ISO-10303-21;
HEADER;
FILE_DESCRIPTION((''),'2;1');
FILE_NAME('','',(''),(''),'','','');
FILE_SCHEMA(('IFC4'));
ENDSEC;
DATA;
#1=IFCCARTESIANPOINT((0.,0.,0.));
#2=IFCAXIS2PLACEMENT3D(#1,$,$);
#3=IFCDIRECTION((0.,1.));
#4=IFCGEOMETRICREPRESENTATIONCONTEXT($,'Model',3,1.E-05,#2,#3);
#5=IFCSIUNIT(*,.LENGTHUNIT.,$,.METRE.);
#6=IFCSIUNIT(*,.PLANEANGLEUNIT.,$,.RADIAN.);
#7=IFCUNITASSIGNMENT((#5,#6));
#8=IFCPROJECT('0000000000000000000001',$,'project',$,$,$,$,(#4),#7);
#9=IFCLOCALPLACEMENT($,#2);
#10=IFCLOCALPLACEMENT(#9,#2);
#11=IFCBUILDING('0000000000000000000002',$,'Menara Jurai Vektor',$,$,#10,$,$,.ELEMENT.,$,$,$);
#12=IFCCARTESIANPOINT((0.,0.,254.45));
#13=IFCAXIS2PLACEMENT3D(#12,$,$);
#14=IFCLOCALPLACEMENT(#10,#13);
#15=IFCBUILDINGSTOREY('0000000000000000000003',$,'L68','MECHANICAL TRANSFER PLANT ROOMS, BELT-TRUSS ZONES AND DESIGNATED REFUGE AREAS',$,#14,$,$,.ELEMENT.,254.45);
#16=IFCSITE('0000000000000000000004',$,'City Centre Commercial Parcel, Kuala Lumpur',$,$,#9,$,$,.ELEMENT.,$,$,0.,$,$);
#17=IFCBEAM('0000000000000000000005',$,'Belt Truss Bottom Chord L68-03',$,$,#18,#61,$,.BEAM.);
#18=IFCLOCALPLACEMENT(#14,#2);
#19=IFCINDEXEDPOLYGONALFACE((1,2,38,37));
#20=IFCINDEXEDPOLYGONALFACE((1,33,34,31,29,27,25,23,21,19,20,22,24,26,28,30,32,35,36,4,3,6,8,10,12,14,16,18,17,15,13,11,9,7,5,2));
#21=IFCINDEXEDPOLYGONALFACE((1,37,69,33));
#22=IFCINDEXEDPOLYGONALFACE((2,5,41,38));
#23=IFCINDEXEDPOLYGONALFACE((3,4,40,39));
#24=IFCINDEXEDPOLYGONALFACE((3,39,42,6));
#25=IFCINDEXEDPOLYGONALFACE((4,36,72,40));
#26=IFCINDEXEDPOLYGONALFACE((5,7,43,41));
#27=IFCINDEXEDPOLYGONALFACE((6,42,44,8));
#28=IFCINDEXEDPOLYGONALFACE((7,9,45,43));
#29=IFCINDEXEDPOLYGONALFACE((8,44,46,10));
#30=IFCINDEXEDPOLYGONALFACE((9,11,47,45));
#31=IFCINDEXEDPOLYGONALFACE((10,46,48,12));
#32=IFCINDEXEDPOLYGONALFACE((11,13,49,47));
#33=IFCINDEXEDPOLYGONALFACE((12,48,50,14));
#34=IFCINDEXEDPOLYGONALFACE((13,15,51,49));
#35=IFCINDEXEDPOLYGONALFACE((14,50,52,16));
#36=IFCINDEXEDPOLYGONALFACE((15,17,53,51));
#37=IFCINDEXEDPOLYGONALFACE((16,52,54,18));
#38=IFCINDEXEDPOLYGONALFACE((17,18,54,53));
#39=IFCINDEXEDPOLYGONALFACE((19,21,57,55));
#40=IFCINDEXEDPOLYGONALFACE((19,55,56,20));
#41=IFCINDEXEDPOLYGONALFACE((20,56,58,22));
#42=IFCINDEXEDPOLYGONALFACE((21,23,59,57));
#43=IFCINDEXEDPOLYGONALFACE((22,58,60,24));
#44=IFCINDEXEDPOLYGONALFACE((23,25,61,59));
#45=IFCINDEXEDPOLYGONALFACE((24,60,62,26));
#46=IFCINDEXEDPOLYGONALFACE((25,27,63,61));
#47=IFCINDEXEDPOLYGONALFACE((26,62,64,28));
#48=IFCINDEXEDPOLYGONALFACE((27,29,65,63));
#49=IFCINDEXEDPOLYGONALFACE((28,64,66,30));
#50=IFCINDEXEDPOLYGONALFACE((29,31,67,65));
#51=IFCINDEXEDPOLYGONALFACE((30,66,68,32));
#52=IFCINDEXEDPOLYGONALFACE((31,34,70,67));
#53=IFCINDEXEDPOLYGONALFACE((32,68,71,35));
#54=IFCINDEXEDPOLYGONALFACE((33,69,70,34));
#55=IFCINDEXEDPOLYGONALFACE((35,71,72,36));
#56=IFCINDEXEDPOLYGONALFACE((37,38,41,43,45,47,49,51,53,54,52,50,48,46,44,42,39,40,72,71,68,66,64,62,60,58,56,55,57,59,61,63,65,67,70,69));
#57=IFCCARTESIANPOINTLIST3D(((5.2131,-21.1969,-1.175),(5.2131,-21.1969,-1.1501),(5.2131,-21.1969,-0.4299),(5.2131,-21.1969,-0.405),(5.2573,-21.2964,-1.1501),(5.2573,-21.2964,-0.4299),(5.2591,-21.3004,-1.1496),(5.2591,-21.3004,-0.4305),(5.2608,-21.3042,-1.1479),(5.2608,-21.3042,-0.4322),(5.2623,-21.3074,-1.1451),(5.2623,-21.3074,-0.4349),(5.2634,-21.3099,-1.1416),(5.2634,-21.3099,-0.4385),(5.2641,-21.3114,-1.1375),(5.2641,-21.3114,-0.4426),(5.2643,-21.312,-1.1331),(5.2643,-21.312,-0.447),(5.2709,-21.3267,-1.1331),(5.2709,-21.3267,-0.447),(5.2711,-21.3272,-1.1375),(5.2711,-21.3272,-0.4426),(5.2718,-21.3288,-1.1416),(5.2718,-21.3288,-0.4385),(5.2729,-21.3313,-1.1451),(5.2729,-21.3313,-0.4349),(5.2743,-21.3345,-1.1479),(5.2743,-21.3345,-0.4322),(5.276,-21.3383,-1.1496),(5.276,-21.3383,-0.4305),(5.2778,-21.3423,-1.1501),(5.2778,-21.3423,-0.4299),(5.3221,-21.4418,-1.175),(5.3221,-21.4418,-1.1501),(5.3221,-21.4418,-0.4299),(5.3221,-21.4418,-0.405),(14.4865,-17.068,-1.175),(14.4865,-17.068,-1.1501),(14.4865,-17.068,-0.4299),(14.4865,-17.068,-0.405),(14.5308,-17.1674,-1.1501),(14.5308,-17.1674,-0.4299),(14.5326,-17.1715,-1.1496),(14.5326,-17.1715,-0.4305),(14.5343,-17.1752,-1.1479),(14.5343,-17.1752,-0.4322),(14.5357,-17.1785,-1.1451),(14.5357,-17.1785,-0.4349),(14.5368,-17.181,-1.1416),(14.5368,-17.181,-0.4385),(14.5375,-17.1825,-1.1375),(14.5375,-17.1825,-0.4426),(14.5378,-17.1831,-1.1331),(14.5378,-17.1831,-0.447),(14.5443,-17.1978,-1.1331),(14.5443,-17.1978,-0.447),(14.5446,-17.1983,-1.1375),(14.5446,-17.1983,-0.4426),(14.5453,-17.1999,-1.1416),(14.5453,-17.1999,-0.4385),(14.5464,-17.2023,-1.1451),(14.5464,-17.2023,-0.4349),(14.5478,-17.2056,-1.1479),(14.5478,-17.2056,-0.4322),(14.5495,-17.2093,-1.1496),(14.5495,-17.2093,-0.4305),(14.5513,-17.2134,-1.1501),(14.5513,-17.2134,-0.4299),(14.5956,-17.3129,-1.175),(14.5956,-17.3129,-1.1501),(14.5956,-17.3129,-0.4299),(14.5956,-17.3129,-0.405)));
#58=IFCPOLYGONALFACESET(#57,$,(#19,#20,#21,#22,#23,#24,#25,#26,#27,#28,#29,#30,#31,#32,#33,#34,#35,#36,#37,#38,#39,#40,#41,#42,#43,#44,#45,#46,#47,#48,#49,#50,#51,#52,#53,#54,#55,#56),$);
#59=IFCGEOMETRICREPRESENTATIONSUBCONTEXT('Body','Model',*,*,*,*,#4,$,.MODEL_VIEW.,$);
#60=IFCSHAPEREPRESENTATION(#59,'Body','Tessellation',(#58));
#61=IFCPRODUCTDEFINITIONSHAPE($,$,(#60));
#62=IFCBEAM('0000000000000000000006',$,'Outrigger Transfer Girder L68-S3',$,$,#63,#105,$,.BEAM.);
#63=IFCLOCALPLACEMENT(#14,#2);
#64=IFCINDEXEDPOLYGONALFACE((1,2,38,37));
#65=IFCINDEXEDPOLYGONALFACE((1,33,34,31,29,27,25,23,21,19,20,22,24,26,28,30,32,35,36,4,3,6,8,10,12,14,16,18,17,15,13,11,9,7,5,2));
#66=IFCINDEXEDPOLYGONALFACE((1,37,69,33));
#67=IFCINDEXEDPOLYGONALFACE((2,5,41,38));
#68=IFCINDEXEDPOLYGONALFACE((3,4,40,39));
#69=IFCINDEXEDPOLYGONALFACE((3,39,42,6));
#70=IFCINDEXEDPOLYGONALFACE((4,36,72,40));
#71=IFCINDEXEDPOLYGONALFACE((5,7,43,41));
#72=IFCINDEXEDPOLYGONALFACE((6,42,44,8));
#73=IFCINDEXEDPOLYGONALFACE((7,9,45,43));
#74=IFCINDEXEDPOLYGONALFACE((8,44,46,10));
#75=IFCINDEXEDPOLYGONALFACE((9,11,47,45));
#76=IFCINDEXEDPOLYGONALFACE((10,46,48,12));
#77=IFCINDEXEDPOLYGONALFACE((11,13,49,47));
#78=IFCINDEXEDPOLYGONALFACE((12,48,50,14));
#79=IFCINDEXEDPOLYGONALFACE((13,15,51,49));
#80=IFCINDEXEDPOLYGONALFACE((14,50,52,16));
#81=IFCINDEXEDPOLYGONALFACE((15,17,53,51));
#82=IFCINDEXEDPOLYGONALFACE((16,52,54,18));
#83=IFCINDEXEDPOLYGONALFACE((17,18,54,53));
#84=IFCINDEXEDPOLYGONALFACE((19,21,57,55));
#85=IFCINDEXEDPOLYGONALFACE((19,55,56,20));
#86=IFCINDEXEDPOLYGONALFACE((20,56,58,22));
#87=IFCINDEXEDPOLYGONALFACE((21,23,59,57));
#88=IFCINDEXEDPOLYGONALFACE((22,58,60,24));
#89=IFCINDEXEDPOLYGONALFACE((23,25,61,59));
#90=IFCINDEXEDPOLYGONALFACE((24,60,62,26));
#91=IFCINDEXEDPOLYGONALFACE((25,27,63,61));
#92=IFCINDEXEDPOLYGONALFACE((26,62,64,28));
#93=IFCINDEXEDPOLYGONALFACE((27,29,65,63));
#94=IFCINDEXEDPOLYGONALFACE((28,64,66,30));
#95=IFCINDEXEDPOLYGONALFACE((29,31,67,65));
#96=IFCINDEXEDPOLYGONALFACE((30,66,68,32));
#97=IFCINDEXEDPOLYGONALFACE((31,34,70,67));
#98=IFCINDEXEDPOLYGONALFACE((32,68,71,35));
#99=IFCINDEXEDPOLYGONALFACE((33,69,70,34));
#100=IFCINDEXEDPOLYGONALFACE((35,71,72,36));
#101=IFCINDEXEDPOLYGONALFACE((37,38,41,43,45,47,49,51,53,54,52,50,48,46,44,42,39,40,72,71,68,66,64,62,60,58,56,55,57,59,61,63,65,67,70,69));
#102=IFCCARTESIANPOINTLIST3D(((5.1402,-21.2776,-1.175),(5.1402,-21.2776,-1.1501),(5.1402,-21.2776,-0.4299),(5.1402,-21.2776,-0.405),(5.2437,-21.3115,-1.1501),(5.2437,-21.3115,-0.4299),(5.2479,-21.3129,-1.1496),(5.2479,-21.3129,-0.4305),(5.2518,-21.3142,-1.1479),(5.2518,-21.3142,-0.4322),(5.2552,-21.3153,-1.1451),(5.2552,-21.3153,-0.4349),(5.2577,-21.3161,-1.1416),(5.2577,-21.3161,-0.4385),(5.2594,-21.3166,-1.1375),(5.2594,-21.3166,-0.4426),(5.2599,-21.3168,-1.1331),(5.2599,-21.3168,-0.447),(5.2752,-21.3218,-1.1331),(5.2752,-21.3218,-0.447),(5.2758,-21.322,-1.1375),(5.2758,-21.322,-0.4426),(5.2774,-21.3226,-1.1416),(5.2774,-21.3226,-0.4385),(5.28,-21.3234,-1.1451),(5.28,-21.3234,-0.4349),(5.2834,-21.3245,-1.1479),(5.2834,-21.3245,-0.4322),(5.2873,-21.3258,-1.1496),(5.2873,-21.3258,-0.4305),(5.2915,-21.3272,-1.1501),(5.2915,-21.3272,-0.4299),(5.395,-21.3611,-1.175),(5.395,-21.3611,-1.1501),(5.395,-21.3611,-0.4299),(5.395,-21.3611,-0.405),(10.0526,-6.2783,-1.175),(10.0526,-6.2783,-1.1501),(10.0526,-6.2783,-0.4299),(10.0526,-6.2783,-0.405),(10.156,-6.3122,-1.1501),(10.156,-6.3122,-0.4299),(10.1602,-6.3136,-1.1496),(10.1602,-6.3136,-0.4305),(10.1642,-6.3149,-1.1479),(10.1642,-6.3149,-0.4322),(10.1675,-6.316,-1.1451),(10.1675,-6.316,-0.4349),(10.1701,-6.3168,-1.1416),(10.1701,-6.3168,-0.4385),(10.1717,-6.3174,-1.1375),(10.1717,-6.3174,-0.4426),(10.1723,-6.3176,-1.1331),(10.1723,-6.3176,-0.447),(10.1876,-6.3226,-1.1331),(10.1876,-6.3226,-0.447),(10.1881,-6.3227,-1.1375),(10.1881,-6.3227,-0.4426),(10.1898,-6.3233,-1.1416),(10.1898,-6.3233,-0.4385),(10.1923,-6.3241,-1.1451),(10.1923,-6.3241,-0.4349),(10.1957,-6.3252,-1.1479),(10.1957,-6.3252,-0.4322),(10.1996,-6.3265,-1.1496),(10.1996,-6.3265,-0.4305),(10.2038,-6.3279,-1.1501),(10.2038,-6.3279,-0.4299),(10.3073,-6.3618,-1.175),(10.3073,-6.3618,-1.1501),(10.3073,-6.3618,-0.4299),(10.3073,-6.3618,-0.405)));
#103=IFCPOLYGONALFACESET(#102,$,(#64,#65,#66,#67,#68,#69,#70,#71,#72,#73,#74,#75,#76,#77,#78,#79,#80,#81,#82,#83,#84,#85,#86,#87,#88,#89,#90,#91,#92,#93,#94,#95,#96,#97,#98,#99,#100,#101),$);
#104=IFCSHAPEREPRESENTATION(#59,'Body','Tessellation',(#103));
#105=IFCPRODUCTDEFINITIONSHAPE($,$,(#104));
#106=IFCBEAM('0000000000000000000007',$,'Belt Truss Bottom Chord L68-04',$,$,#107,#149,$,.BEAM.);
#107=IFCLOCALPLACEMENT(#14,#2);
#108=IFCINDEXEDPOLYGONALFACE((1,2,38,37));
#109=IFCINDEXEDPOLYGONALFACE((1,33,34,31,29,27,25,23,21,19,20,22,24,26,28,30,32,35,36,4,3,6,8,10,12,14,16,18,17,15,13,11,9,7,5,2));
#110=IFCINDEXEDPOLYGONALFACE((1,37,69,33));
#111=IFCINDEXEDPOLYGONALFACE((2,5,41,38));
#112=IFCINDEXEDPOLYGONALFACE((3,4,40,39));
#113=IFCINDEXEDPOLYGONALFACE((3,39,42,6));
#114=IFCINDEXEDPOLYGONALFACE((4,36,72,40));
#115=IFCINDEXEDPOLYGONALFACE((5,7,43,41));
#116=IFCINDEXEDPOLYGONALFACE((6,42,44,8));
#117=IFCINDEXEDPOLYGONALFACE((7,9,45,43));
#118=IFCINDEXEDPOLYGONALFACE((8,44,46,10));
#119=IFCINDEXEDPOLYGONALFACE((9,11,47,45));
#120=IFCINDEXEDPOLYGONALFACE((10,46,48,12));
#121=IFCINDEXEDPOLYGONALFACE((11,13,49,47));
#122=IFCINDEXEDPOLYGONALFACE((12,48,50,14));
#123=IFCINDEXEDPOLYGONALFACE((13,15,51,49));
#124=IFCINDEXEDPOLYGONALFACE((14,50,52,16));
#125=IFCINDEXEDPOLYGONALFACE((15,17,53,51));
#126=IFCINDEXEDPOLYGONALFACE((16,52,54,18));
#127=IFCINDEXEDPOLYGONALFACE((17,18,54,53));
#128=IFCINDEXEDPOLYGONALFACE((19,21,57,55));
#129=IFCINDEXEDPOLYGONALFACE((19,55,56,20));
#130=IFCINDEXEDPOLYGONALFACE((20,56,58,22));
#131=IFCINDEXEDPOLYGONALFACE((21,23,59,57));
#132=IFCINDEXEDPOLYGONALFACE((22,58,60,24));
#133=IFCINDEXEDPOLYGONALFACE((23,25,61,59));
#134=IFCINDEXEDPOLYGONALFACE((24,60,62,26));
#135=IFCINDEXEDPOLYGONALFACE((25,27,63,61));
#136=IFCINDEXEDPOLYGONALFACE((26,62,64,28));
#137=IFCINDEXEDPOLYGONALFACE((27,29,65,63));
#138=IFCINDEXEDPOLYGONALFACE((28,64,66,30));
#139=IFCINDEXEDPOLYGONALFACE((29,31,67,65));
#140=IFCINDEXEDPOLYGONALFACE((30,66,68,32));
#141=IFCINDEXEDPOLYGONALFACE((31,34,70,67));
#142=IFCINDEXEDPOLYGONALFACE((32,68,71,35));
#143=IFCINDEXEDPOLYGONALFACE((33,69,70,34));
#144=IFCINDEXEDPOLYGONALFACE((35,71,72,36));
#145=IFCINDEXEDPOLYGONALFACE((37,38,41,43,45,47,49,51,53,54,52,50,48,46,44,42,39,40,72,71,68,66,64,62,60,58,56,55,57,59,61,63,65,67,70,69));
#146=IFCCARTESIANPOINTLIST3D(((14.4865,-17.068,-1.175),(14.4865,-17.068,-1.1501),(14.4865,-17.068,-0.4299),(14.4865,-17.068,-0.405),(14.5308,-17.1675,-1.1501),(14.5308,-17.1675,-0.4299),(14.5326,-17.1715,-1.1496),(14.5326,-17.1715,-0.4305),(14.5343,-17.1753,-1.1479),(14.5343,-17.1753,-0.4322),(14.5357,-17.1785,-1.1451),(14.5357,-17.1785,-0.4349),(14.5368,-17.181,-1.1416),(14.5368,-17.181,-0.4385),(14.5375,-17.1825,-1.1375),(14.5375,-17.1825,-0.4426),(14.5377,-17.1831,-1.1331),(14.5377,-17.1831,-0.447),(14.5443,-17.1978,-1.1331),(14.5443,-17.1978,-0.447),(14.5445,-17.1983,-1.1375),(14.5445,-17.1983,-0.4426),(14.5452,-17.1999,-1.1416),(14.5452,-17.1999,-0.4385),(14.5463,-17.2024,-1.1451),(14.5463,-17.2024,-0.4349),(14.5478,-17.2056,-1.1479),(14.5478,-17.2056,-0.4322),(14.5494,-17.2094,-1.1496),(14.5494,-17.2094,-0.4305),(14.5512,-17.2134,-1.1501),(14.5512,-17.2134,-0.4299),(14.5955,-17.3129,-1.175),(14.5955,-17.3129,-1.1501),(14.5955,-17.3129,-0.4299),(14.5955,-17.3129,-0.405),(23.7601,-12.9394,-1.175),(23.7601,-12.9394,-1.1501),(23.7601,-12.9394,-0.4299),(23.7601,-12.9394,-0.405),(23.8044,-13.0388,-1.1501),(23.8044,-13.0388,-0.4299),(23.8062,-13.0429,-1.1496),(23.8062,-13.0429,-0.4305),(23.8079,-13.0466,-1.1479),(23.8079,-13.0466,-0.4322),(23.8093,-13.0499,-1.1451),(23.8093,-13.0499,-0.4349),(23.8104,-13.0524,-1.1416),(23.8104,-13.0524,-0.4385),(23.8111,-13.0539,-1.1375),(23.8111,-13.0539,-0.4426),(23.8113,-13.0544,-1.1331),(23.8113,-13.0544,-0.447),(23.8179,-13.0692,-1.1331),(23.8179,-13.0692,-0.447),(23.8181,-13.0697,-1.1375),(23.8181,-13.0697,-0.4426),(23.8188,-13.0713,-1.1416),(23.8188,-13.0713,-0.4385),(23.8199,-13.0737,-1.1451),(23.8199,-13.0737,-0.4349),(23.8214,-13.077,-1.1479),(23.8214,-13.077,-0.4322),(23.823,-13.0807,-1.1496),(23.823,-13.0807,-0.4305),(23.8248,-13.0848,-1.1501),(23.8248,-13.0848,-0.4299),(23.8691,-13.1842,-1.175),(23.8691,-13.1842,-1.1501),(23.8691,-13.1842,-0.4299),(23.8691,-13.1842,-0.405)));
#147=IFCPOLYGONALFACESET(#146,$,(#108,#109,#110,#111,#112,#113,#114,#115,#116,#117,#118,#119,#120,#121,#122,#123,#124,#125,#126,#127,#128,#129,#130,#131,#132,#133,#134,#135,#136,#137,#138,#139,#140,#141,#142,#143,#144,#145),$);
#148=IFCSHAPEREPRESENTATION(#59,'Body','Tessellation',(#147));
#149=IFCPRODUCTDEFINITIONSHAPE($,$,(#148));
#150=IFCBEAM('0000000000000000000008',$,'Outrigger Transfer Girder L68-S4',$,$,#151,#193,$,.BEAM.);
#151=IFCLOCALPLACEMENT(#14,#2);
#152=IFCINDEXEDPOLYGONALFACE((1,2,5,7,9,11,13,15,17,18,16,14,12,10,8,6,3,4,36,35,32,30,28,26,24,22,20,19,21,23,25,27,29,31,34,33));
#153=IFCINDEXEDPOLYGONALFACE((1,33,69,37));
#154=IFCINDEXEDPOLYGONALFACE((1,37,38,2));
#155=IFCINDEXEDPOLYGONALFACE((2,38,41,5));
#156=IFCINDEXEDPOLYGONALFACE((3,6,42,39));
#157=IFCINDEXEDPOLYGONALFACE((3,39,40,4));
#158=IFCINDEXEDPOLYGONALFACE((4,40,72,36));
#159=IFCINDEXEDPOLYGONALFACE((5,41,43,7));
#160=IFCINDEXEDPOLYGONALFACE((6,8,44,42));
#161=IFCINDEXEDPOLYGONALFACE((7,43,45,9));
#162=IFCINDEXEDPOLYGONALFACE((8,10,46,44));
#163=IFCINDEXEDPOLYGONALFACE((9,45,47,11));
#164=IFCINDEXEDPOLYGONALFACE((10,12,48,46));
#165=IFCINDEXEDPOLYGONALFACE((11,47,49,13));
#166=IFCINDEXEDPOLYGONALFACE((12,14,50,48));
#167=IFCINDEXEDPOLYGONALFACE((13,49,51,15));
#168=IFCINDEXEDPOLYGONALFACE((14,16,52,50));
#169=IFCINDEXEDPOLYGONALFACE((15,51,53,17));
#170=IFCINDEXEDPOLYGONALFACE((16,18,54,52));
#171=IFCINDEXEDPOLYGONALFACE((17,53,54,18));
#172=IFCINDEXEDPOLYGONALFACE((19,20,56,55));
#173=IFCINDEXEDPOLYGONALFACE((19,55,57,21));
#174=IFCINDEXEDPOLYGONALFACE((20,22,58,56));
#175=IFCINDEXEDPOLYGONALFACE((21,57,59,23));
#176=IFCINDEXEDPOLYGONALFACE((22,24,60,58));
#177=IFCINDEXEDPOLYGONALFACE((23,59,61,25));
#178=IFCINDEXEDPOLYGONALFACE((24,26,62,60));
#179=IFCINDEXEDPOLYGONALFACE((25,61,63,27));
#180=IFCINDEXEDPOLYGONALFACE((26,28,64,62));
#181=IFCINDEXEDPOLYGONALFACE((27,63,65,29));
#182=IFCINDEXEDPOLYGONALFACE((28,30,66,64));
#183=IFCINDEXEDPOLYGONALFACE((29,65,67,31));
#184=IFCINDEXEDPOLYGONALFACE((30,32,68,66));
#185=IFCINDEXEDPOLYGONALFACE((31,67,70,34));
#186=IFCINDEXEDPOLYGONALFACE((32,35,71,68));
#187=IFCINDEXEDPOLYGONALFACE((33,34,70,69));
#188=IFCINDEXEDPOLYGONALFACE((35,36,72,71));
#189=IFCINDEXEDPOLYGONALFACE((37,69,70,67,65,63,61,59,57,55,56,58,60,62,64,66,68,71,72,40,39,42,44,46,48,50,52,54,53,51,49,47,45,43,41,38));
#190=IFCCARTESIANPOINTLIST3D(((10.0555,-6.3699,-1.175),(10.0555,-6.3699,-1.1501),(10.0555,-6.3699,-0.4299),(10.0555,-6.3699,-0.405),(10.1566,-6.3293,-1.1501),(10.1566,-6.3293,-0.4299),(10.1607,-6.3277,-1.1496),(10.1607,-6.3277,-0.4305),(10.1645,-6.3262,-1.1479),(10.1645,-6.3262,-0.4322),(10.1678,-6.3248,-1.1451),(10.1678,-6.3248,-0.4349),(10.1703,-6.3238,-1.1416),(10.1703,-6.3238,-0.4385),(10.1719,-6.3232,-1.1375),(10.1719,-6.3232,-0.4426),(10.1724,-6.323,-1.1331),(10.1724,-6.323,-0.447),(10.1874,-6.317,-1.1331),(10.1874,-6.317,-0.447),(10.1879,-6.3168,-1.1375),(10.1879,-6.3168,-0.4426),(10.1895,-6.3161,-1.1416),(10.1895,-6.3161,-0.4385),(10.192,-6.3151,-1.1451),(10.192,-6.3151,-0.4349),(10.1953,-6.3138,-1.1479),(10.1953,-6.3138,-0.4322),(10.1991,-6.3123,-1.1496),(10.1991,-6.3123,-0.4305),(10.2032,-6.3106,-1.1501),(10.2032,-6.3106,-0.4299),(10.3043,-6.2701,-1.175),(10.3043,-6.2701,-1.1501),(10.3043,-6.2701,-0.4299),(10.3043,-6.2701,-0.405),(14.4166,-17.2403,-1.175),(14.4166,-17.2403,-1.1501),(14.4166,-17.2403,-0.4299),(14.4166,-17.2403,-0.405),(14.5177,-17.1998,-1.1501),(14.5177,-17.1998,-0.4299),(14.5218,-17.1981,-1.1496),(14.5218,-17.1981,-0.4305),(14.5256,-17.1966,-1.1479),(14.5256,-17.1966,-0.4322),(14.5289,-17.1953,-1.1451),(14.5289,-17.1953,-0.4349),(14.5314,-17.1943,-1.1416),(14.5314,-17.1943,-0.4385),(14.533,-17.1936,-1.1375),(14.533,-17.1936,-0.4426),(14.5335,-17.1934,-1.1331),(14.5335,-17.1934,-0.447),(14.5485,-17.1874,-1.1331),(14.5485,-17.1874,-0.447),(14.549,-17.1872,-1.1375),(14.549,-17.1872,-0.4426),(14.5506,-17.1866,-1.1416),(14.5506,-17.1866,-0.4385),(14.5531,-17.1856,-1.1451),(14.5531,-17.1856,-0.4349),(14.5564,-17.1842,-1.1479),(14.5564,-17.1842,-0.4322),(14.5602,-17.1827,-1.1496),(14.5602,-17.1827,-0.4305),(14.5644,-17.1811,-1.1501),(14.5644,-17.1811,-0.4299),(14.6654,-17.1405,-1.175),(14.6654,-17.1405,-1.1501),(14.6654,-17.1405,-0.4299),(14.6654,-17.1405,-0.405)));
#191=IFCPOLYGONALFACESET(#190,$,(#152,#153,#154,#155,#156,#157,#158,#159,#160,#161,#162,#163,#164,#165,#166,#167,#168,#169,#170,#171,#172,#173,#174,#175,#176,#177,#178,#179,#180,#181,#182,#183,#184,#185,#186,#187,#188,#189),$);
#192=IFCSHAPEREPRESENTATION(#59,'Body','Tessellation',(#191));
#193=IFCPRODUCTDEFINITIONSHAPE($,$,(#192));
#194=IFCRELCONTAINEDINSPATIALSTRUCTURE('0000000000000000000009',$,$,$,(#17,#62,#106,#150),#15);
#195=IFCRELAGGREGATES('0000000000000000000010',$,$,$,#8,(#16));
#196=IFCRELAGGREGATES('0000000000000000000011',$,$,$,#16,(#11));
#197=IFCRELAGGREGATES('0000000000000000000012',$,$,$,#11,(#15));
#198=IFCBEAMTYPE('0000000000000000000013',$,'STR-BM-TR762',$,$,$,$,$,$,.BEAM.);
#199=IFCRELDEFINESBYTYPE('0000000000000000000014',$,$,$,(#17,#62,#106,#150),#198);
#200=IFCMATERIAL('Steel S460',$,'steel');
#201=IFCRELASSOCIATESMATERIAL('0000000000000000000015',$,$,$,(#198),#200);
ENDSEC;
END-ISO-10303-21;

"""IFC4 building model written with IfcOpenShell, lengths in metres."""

from ifc_helpers import new_model, si_unit, direction, frame, origin, origin_2d, place, context, subcontext, project, spatial, i_section, extrude, material, material_profile, profile_set, type_object, element, save


model = new_model("IFC4")

# Units and contexts
model_context = context("Model", 3, precision=1e-05, world=origin(), true_north=direction((0.0, 1.0)))
body_context = subcontext(model_context, "Body", "Model", "MODEL_VIEW")
ifc_project = project(units=[si_unit("LENGTHUNIT", "METRE"), si_unit("PLANEANGLEUNIT", "RADIAN")], contexts=[model_context])

# Site, building, storey
site_placement = place(None, origin())
site = spatial("IfcSite", under=ifc_project, at=site_placement, Name="City Centre Commercial Parcel, Kuala Lumpur", CompositionType="ELEMENT", RefElevation=0.0)
building_placement = place(site_placement, origin())
building = spatial("IfcBuilding", under=site, at=building_placement, Name="Menara Jurai Vektor", CompositionType="ELEMENT")
storey_placement = place(building_placement, frame((0.0, 0.0, 254.45)))
storey = spatial("IfcBuildingStorey", under=building, at=storey_placement, Name="L68", Description="MECHANICAL TRANSFER PLANT ROOMS, BELT-TRUSS ZONES AND DESIGNATED REFUGE AREAS", CompositionType="ELEMENT", Elevation=254.45)

# Shared definitions
ifc_material_1 = material(Name="Steel S460", Category="steel")

# Beams
ifc_material_profile_1 = material_profile(ifc_material_1, i_section(OverallWidth=0.2681, OverallDepth=0.77, WebThickness=0.0161, FlangeThickness=0.0249, FilletRadius=0.0171, at=origin_2d()), Name="UKB 762x267x197")
ifc_profile_set_1 = profile_set([ifc_material_profile_1], Name="Steel S460")
beam_type_1 = type_object("IfcBeamType", Name="STR-BM-TR762", PredefinedType="BEAM", material=ifc_profile_set_1)
beam_1_placement = place(storey_placement, frame((5.2676, -21.3193, -0.79), z_axis=(0.913542, 0.406745, 0.0), x_axis=(-0.406745, 0.913542, 0.0)))
element("IfcBeam", 1, at=beam_1_placement, inside=storey, type_object=beam_type_1, Name="Belt Truss Bottom Chord L68-03", PredefinedType="BEAM", context=body_context, shape_type="SweptSolid", body=[
    extrude(i_section(OverallWidth=0.2681, OverallDepth=0.77, WebThickness=0.0161, FlangeThickness=0.0249, FilletRadius=0.0171, at=origin_2d()), origin(), (0.0, 0.0, 1.0), 10.1511),
])
beam_2_placement = place(storey_placement, frame((5.2676, -21.3193, -0.79), z_axis=(0.311239, 0.950332, 0.0), x_axis=(-0.950332, 0.311239, 0.0)))
element("IfcBeam", 2, at=beam_2_placement, inside=storey, type_object=beam_type_1, Name="Outrigger Transfer Girder L68-S3", PredefinedType="BEAM", context=body_context, shape_type="SweptSolid", body=[
    extrude(i_section(OverallWidth=0.2681, OverallDepth=0.77, WebThickness=0.0161, FlangeThickness=0.0249, FilletRadius=0.0171, at=origin_2d()), origin(), (0.0, 0.0, 1.0), 15.7832),
])
beam_3_placement = place(storey_placement, frame((14.541, -17.1904, -0.79), z_axis=(0.913554, 0.406716, 0.0), x_axis=(-0.406716, 0.913554, 0.0)))
element("IfcBeam", 3, at=beam_3_placement, inside=storey, type_object=beam_type_1, Name="Belt Truss Bottom Chord L68-04", PredefinedType="BEAM", context=body_context, shape_type="SweptSolid", body=[
    extrude(i_section(OverallWidth=0.2681, OverallDepth=0.77, WebThickness=0.0161, FlangeThickness=0.0249, FilletRadius=0.0171, at=origin_2d()), origin(), (0.0, 0.0, 1.0), 10.1511),
])
beam_4_placement = place(storey_placement, frame((14.541, -17.1904, -0.79), z_axis=(-0.372343, 0.928095, 0.0), x_axis=(-0.928095, -0.372343, 0.0)))
element("IfcBeam", 4, at=beam_4_placement, inside=storey, type_object=beam_type_1, Name="Outrigger Transfer Girder L68-S4", PredefinedType="BEAM", context=body_context, shape_type="SweptSolid", body=[
    extrude(i_section(OverallWidth=0.2681, OverallDepth=0.77, WebThickness=0.0161, FlangeThickness=0.0249, FilletRadius=0.0171, at=origin_2d()), origin(), (0.0, 0.0, 1.0), 11.7126),
])

save(model, "model.ifc")
